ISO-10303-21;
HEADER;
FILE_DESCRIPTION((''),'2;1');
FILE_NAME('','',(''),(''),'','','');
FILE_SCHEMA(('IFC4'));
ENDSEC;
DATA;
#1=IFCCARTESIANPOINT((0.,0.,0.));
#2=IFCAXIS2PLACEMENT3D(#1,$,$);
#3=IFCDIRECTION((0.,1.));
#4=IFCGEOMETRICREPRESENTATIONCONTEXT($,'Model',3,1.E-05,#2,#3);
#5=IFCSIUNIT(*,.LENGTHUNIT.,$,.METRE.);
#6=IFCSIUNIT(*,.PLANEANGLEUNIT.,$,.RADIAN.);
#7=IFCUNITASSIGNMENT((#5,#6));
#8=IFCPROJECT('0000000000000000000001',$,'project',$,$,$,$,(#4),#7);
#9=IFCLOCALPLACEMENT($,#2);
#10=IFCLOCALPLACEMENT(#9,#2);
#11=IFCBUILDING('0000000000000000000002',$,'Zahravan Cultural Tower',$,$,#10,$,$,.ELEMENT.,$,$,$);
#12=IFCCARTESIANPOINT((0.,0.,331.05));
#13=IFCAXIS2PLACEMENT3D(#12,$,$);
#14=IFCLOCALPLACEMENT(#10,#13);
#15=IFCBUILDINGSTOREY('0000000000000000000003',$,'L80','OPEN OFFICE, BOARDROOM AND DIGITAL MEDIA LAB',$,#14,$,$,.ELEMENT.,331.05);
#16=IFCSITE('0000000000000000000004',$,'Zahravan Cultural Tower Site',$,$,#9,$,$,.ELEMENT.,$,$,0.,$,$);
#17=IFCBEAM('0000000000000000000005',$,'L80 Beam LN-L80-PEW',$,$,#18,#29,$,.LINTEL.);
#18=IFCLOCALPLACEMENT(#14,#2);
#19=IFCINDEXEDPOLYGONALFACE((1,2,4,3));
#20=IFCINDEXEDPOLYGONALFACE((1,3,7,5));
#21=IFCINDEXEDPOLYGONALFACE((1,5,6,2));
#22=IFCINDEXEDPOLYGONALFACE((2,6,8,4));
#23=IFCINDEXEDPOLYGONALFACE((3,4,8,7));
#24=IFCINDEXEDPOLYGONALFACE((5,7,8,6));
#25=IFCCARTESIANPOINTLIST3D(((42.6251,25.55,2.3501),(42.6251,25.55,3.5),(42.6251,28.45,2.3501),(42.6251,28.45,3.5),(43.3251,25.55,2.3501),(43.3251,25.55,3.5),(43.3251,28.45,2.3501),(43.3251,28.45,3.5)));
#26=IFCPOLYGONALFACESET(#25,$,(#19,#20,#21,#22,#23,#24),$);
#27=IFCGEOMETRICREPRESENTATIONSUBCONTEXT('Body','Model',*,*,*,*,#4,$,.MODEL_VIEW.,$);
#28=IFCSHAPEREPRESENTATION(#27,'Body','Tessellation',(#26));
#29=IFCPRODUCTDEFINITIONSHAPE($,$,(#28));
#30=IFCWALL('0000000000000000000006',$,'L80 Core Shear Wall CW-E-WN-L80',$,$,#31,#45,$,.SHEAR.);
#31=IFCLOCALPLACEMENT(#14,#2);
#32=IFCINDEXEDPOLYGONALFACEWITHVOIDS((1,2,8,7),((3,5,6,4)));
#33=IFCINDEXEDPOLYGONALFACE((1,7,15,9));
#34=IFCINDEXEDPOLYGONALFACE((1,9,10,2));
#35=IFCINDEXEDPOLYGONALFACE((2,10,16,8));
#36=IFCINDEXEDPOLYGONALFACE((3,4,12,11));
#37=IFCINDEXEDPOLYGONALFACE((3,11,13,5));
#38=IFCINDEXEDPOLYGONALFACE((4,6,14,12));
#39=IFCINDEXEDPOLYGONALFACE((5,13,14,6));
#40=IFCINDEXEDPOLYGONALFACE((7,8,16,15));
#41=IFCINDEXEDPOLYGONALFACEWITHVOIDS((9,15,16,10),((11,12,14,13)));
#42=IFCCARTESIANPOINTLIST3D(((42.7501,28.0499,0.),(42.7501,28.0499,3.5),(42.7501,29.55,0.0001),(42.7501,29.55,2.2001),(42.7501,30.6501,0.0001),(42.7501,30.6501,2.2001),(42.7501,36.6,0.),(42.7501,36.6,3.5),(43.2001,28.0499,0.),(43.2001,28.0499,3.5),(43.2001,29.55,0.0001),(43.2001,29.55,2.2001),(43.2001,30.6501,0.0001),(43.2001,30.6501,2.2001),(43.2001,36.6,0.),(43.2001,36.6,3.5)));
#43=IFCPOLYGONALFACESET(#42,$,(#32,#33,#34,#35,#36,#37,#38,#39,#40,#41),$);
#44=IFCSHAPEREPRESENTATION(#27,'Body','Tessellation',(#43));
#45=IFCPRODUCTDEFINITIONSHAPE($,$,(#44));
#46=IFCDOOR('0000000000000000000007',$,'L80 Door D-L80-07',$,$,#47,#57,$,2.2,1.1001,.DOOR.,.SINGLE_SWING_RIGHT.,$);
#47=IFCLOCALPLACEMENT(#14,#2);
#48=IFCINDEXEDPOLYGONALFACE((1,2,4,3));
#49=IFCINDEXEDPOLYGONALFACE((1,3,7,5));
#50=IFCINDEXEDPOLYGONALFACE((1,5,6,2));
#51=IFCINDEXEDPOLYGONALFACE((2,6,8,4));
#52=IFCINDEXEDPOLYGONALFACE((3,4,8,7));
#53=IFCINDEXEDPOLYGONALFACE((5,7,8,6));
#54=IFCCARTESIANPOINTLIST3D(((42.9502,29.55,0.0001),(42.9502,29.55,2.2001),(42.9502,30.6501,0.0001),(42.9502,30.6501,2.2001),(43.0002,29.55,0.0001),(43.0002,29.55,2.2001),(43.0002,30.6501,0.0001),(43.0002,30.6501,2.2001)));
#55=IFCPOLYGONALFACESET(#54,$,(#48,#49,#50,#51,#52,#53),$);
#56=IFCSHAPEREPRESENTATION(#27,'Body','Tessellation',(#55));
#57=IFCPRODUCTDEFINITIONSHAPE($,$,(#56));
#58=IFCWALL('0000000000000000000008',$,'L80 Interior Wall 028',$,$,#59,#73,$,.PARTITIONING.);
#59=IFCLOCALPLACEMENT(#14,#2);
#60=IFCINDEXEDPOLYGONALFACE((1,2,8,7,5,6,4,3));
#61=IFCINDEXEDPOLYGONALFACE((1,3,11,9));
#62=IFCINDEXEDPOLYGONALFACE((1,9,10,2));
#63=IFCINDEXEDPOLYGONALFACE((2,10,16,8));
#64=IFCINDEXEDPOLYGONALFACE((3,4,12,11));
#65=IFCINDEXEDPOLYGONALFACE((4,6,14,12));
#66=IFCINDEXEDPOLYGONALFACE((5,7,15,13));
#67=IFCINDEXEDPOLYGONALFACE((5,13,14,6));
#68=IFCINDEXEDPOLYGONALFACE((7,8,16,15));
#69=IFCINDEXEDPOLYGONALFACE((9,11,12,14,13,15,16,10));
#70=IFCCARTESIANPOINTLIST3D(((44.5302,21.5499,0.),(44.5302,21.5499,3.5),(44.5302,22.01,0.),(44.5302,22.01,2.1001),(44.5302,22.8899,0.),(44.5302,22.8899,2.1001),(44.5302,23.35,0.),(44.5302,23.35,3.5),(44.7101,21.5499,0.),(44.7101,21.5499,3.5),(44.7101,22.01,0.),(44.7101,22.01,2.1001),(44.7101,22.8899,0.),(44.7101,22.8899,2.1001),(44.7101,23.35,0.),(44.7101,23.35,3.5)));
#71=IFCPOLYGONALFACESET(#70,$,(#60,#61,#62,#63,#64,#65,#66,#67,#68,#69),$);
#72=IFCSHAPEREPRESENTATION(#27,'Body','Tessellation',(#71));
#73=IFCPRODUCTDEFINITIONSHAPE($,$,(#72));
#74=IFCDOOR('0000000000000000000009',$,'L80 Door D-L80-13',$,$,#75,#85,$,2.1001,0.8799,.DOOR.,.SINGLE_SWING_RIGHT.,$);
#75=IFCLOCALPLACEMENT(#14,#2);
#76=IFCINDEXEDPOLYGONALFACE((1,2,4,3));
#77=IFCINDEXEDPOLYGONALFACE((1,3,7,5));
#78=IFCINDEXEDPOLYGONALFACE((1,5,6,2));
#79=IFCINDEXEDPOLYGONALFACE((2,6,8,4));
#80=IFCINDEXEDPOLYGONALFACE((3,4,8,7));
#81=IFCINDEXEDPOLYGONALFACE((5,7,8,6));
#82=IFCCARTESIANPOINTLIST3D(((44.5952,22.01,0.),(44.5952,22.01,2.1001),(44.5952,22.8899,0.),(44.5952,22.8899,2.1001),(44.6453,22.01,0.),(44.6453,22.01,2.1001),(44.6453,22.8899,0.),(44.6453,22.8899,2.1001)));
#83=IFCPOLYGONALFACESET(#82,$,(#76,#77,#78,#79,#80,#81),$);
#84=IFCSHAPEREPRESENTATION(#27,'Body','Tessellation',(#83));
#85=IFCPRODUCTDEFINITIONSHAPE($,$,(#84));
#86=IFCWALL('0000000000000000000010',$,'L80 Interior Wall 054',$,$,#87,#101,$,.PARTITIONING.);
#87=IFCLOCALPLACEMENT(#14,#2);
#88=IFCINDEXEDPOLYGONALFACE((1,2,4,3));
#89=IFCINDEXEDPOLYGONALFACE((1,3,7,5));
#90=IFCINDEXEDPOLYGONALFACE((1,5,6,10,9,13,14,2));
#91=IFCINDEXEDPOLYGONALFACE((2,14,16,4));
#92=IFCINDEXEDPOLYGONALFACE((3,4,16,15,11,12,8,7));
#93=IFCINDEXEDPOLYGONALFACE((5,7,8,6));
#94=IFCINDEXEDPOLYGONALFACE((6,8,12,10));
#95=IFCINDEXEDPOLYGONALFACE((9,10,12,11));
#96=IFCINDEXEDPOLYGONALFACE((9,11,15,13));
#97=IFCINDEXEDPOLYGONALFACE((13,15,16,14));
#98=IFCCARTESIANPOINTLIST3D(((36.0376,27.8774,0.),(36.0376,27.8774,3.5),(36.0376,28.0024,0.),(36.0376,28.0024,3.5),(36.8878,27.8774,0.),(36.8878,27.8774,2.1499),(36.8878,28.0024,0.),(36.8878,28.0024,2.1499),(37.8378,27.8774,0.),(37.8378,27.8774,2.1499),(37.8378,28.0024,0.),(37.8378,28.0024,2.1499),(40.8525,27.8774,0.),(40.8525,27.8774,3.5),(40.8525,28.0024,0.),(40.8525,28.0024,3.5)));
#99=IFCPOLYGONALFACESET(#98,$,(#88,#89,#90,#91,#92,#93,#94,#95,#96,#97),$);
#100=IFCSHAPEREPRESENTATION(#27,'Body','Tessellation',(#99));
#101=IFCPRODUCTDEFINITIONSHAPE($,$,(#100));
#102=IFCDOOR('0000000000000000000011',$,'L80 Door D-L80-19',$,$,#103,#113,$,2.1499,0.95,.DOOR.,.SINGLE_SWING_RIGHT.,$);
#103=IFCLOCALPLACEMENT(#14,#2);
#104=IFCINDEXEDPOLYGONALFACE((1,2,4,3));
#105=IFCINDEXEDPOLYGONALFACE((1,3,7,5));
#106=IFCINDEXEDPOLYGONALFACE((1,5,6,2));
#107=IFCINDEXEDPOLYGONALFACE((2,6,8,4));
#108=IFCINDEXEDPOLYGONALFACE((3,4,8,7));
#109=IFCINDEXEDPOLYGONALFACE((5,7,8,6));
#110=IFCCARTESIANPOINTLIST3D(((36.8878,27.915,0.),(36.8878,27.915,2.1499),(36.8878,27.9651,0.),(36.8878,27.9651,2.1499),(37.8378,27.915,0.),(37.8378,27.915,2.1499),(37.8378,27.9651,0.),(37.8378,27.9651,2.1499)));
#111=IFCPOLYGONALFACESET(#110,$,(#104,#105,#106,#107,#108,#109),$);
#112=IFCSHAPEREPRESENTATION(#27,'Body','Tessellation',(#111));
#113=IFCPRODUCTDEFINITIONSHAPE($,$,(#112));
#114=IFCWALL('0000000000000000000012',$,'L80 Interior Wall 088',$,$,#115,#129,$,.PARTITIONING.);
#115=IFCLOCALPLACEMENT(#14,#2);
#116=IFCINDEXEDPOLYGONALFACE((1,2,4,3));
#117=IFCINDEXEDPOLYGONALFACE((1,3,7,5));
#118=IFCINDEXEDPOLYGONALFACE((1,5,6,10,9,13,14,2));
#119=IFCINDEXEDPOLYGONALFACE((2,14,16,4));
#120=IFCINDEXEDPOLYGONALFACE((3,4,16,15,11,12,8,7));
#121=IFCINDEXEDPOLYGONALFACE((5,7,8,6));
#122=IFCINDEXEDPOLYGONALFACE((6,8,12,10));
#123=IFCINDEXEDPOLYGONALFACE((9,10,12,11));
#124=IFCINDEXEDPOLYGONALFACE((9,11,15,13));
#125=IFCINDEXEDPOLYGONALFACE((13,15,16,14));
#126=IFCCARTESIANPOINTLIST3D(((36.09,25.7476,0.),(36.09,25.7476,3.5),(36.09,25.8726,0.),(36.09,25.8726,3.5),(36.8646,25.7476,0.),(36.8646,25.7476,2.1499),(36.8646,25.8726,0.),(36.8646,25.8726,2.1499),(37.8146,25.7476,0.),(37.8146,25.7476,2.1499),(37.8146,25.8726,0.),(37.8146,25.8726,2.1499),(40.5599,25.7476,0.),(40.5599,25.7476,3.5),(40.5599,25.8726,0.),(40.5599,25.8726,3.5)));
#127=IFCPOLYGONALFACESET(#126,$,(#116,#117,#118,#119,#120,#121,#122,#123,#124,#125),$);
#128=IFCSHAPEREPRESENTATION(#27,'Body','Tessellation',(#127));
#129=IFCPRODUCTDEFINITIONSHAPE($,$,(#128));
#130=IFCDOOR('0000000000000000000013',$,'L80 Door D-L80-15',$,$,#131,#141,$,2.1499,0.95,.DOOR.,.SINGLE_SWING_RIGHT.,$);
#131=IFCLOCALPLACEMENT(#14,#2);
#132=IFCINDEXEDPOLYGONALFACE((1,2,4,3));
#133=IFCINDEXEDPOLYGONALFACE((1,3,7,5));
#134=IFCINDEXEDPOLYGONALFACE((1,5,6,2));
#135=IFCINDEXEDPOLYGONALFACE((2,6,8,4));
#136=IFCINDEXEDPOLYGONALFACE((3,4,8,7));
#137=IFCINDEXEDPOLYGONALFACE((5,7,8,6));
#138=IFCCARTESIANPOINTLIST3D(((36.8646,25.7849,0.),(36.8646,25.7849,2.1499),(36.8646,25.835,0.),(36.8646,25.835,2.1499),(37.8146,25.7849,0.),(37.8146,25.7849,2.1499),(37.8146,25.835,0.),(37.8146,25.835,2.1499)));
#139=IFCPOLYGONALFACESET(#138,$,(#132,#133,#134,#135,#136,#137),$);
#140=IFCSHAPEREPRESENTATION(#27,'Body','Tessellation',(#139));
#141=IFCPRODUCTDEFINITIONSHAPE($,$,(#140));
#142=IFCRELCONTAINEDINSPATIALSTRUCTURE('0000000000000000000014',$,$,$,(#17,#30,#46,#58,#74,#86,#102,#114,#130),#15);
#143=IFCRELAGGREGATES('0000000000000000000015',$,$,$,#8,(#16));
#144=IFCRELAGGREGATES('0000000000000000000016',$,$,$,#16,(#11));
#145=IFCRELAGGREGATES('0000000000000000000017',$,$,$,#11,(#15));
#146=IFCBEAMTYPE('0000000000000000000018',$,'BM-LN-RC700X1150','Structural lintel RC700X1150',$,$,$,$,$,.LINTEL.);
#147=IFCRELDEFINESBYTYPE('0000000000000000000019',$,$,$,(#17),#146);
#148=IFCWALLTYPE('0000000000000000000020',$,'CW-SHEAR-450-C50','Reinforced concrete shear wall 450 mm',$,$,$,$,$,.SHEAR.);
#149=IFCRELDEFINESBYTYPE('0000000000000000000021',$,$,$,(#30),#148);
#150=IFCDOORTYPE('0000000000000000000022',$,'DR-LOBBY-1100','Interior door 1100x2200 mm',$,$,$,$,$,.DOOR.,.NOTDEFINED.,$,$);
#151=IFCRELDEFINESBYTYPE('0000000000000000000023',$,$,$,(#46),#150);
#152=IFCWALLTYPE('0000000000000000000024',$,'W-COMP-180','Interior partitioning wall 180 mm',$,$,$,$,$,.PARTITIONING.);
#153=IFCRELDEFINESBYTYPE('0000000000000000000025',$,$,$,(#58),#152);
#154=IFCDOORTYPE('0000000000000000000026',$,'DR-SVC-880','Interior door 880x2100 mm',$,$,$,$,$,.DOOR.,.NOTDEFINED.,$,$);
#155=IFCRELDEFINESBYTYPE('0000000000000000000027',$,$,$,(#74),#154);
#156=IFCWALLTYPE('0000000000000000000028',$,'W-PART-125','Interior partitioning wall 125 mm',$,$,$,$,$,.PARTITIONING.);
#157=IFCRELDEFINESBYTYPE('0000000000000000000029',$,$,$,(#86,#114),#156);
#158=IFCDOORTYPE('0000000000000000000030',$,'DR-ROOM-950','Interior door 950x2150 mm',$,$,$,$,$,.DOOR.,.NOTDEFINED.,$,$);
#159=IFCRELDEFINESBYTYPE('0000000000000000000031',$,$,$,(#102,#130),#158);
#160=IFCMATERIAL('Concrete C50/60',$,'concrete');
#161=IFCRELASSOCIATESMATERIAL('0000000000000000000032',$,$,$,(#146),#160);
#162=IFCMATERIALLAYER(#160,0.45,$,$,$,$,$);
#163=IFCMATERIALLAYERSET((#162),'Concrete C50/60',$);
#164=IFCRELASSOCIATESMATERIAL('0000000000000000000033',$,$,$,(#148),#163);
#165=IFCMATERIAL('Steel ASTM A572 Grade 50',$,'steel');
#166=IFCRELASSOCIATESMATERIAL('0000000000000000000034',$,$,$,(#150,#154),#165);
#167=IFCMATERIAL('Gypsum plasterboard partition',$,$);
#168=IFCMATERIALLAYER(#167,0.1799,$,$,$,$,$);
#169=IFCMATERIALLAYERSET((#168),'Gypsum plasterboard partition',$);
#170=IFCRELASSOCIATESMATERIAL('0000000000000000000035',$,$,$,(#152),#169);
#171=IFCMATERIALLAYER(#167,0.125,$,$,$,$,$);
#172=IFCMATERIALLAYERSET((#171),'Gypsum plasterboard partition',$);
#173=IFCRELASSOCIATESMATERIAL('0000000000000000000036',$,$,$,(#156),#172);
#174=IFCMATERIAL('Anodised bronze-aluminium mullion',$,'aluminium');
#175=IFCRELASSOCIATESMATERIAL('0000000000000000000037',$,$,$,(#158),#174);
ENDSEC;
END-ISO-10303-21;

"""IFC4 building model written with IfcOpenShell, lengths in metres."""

from ifc_helpers import new_model, si_unit, direction, frame, frame_2d, origin, origin_2d, place, context, subcontext, project, spatial, rectangle, extrude, source, transform, mapped, material, layer, layer_set, material_profile, profile_set, type_object, element, fill, save


model = new_model("IFC4")

# Units and contexts
model_context = context("Model", 3, precision=1e-05, world=origin(), true_north=direction((0.0, 1.0)))
body_context = subcontext(model_context, "Body", "Model", "MODEL_VIEW")
ifc_project = project(units=[si_unit("LENGTHUNIT", "METRE"), si_unit("PLANEANGLEUNIT", "RADIAN")], contexts=[model_context])

# Site, building, storey
site_placement = place(None, origin())
site = spatial("IfcSite", under=ifc_project, at=site_placement, Name="Zahravan Cultural Tower Site", CompositionType="ELEMENT", RefElevation=0.0)
building_placement = place(site_placement, origin())
building = spatial("IfcBuilding", under=site, at=building_placement, Name="Zahravan Cultural Tower", CompositionType="ELEMENT")
storey_placement = place(building_placement, frame((0.0, 0.0, 331.05)))
storey = spatial("IfcBuildingStorey", under=building, at=storey_placement, Name="L80", Description="OPEN OFFICE, BOARDROOM AND DIGITAL MEDIA LAB", CompositionType="ELEMENT", Elevation=331.05)

# Beam
ifc_material_1 = material(Name="Concrete C50/60", Category="concrete")
ifc_material_profile = material_profile(ifc_material_1, rectangle(XDim=0.7, YDim=1.1499, at=origin_2d()), Name="RC700X1150")
ifc_profile_set = profile_set([ifc_material_profile], Name="Concrete C50/60")
beam_type = type_object("IfcBeamType", Name="BM-LN-RC700X1150", Description="Structural lintel RC700X1150", PredefinedType="LINTEL", material=ifc_profile_set)
shared_shape_1 = source(origin(), body_context, "Body", "SweptSolid", [
    extrude(rectangle(XDim=0.7, YDim=1.1499, at=origin_2d()), origin(), (0.0, 0.0, 1.0), 2.8999),
])
beam_placement = place(storey_placement, frame((42.9751, 25.55, 2.925), z_axis=(0.0, 1.0, 0.0), x_axis=(-1.0, 0.0, 0.0)))
element("IfcBeam", 1, at=beam_placement, inside=storey, type_object=beam_type, Name="L80 Beam LN-L80-PEW", PredefinedType="LINTEL", context=body_context, shape_type="MappedRepresentation", body=[
    mapped(shared_shape_1, transform((0.0, 0.0, 0.0), x_axis=(1.0, 0.0, 0.0), y_axis=(0.0, 1.0, 0.0), z_axis=(0.0, 0.0, 1.0), scale=1.0)),
])

# Walls, openings, doors
ifc_layer_1 = layer(ifc_material_1, 0.45)
ifc_layer_set_1 = layer_set([ifc_layer_1], Name="Concrete C50/60")
wall_type_1 = type_object("IfcWallType", Name="CW-SHEAR-450-C50", Description="Reinforced concrete shear wall 450 mm", PredefinedType="SHEAR", material=ifc_layer_set_1)
wall_1_placement = place(storey_placement, frame((42.9751, 28.05, 0.0), z_axis=(0.0, 0.0, 1.0), x_axis=(0.0, 1.0, 0.0)))
wall_1 = element("IfcWall", 2, at=wall_1_placement, inside=storey, type_object=wall_type_1, Name="L80 Core Shear Wall CW-E-WN-L80", PredefinedType="SHEAR", context=body_context, shape_type="SweptSolid", body=[
    extrude(rectangle(XDim=8.55, YDim=0.45, at=frame_2d((4.2749, 0.0))), origin(), (0.0, 0.0, 1.0), 3.5),
])
opening_1_placement = place(wall_1_placement, frame((1.5, 0.0, 0.0)))
opening_1 = element("IfcOpeningElement", 3, at=opening_1_placement, cuts=wall_1, PredefinedType="OPENING", context=body_context, shape_type="SweptSolid", body=[
    extrude(rectangle(XDim=1.1001, YDim=2.2, at=frame_2d((0.55, 1.1001))), frame((0.0, 0.2349, 0.0), z_axis=(0.0, -1.0, 0.0), x_axis=(1.0, 0.0, 0.0)), (0.0, 0.0, 1.0), 0.47),
])
ifc_material_2 = material(Name="Steel ASTM A572 Grade 50", Category="steel")
door_type_1 = type_object("IfcDoorType", Name="DR-LOBBY-1100", Description="Interior door 1100x2200 mm", OperationType="NOTDEFINED", PredefinedType="DOOR", material=ifc_material_2)
shared_shape_2 = source(origin(), body_context, "Body", "SweptSolid", [
    extrude(rectangle(XDim=1.1001, YDim=2.2, at=frame_2d((0.55, 1.1001))), frame((0.0, 0.0249, 0.0), z_axis=(0.0, -1.0, 0.0), x_axis=(1.0, 0.0, 0.0)), (0.0, 0.0, 1.0), 0.05),
])
door_1_placement = place(opening_1_placement, origin())
door_1 = element("IfcDoor", 4, at=door_1_placement, inside=storey, type_object=door_type_1, Name="L80 Door D-L80-07", OperationType="SINGLE_SWING_RIGHT", OverallHeight=2.2, OverallWidth=1.1001, PredefinedType="DOOR", context=body_context, shape_type="MappedRepresentation", body=[
    mapped(shared_shape_2, transform((0.0, 0.0, 0.0), x_axis=(1.0, 0.0, 0.0), y_axis=(0.0, 1.0, 0.0), z_axis=(0.0, 0.0, 1.0), scale=1.0)),
])
fill(opening_1, door_1)
ifc_material_3 = material(Name="Gypsum plasterboard partition")
ifc_layer_2 = layer(ifc_material_3, 0.1799)
ifc_layer_set_2 = layer_set([ifc_layer_2], Name="Gypsum plasterboard partition")
wall_type_2 = type_object("IfcWallType", Name="W-COMP-180", Description="Interior partitioning wall 180 mm", PredefinedType="PARTITIONING", material=ifc_layer_set_2)
wall_2_placement = place(storey_placement, frame((44.6201, 21.55, 0.0), z_axis=(0.0, 0.0, 1.0), x_axis=(0.0, 1.0, 0.0)))
wall_2 = element("IfcWall", 5, at=wall_2_placement, inside=storey, type_object=wall_type_2, Name="L80 Interior Wall 028", PredefinedType="PARTITIONING", context=body_context, shape_type="SweptSolid", body=[
    extrude(rectangle(XDim=1.8, YDim=0.1799, at=frame_2d((0.8999, 0.0))), origin(), (0.0, 0.0, 1.0), 3.5),
])
opening_2_placement = place(wall_2_placement, frame((0.46, 0.0, 0.0)))
opening_2 = element("IfcOpeningElement", 6, at=opening_2_placement, cuts=wall_2, PredefinedType="OPENING", context=body_context, shape_type="SweptSolid", body=[
    extrude(rectangle(XDim=0.8799, YDim=2.1001, at=frame_2d((0.4399, 1.05))), frame((0.0, 0.0999, 0.0), z_axis=(0.0, -1.0, 0.0), x_axis=(1.0, 0.0, 0.0)), (0.0, 0.0, 1.0), 0.2),
])
door_type_2 = type_object("IfcDoorType", Name="DR-SVC-880", Description="Interior door 880x2100 mm", OperationType="NOTDEFINED", PredefinedType="DOOR", material=ifc_material_2)
shared_shape_3 = source(origin(), body_context, "Body", "SweptSolid", [
    extrude(rectangle(XDim=0.8799, YDim=2.1001, at=frame_2d((0.4399, 1.05))), frame((0.0, 0.0249, 0.0), z_axis=(0.0, -1.0, 0.0), x_axis=(1.0, 0.0, 0.0)), (0.0, 0.0, 1.0), 0.05),
])
door_2_placement = place(opening_2_placement, origin())
door_2 = element("IfcDoor", 7, at=door_2_placement, inside=storey, type_object=door_type_2, Name="L80 Door D-L80-13", OperationType="SINGLE_SWING_RIGHT", OverallHeight=2.1001, OverallWidth=0.8799, PredefinedType="DOOR", context=body_context, shape_type="MappedRepresentation", body=[
    mapped(shared_shape_3, transform((0.0, 0.0, 0.0), x_axis=(1.0, 0.0, 0.0), y_axis=(0.0, 1.0, 0.0), z_axis=(0.0, 0.0, 1.0), scale=1.0)),
])
fill(opening_2, door_2)
ifc_layer_3 = layer(ifc_material_3, 0.125)
ifc_layer_set_3 = layer_set([ifc_layer_3], Name="Gypsum plasterboard partition")
wall_type_3 = type_object("IfcWallType", Name="W-PART-125", Description="Interior partitioning wall 125 mm", PredefinedType="PARTITIONING", material=ifc_layer_set_3)
wall_3_placement = place(storey_placement, frame((40.8525, 27.9399, 0.0), z_axis=(0.0, 0.0, 1.0), x_axis=(-1.0, 0.0, 0.0)))
wall_3 = element("IfcWall", 8, at=wall_3_placement, inside=storey, type_object=wall_type_3, Name="L80 Interior Wall 054", PredefinedType="PARTITIONING", context=body_context, shape_type="SweptSolid", body=[
    extrude(rectangle(XDim=4.8149, YDim=0.125, at=frame_2d((2.4075, 0.0))), origin(), (0.0, 0.0, 1.0), 3.5),
])
opening_3_placement = place(wall_3_placement, frame((3.0146, 0.0, 0.0)))
opening_3 = element("IfcOpeningElement", 9, at=opening_3_placement, cuts=wall_3, PredefinedType="OPENING", context=body_context, shape_type="SweptSolid", body=[
    extrude(rectangle(XDim=0.95, YDim=2.1499, at=frame_2d((0.4751, 1.075))), frame((0.0, 0.0725, 0.0), z_axis=(0.0, -1.0, 0.0), x_axis=(1.0, 0.0, 0.0)), (0.0, 0.0, 1.0), 0.145),
])
ifc_material_4 = material(Name="Anodised bronze-aluminium mullion", Category="aluminium")
door_type_3 = type_object("IfcDoorType", Name="DR-ROOM-950", Description="Interior door 950x2150 mm", OperationType="NOTDEFINED", PredefinedType="DOOR", material=ifc_material_4)
shared_shape_4 = source(origin(), body_context, "Body", "SweptSolid", [
    extrude(rectangle(XDim=0.95, YDim=2.1499, at=frame_2d((0.4751, 1.075))), frame((0.0, 0.0249, 0.0), z_axis=(0.0, -1.0, 0.0), x_axis=(1.0, 0.0, 0.0)), (0.0, 0.0, 1.0), 0.05),
])
door_3_placement = place(opening_3_placement, origin())
door_3 = element("IfcDoor", 10, at=door_3_placement, inside=storey, type_object=door_type_3, Name="L80 Door D-L80-19", OperationType="SINGLE_SWING_RIGHT", OverallHeight=2.1499, OverallWidth=0.95, PredefinedType="DOOR", context=body_context, shape_type="MappedRepresentation", body=[
    mapped(shared_shape_4, transform((0.0, 0.0, 0.0), x_axis=(1.0, 0.0, 0.0), y_axis=(0.0, 1.0, 0.0), z_axis=(0.0, 0.0, 1.0), scale=1.0)),
])
fill(opening_3, door_3)
wall_4_placement = place(storey_placement, frame((36.0901, 25.8101, 0.0), z_axis=(0.0, 0.0, 1.0), x_axis=(1.0, 0.0, 0.0)))
wall_4 = element("IfcWall", 11, at=wall_4_placement, inside=storey, type_object=wall_type_3, Name="L80 Interior Wall 088", PredefinedType="PARTITIONING", context=body_context, shape_type="SweptSolid", body=[
    extrude(rectangle(XDim=4.47, YDim=0.125, at=frame_2d((2.2349, 0.0))), origin(), (0.0, 0.0, 1.0), 3.5),
])
opening_4_placement = place(wall_4_placement, frame((0.7744, 0.0, 0.0)))
opening_4 = element("IfcOpeningElement", 12, at=opening_4_placement, cuts=wall_4, PredefinedType="OPENING", context=body_context, shape_type="SweptSolid", body=[
    extrude(rectangle(XDim=0.95, YDim=2.1499, at=frame_2d((0.4751, 1.075))), frame((0.0, 0.0725, 0.0), z_axis=(0.0, -1.0, 0.0), x_axis=(1.0, 0.0, 0.0)), (0.0, 0.0, 1.0), 0.145),
])
door_4_placement = place(opening_4_placement, origin())
door_4 = element("IfcDoor", 13, at=door_4_placement, inside=storey, type_object=door_type_3, Name="L80 Door D-L80-15", OperationType="SINGLE_SWING_RIGHT", OverallHeight=2.1499, OverallWidth=0.95, PredefinedType="DOOR", context=body_context, shape_type="MappedRepresentation", body=[
    mapped(shared_shape_4, transform((0.0, 0.0, 0.0), x_axis=(1.0, 0.0, 0.0), y_axis=(0.0, 1.0, 0.0), z_axis=(0.0, 0.0, 1.0), scale=1.0)),
])
fill(opening_4, door_4)

save(model, "model.ifc")
